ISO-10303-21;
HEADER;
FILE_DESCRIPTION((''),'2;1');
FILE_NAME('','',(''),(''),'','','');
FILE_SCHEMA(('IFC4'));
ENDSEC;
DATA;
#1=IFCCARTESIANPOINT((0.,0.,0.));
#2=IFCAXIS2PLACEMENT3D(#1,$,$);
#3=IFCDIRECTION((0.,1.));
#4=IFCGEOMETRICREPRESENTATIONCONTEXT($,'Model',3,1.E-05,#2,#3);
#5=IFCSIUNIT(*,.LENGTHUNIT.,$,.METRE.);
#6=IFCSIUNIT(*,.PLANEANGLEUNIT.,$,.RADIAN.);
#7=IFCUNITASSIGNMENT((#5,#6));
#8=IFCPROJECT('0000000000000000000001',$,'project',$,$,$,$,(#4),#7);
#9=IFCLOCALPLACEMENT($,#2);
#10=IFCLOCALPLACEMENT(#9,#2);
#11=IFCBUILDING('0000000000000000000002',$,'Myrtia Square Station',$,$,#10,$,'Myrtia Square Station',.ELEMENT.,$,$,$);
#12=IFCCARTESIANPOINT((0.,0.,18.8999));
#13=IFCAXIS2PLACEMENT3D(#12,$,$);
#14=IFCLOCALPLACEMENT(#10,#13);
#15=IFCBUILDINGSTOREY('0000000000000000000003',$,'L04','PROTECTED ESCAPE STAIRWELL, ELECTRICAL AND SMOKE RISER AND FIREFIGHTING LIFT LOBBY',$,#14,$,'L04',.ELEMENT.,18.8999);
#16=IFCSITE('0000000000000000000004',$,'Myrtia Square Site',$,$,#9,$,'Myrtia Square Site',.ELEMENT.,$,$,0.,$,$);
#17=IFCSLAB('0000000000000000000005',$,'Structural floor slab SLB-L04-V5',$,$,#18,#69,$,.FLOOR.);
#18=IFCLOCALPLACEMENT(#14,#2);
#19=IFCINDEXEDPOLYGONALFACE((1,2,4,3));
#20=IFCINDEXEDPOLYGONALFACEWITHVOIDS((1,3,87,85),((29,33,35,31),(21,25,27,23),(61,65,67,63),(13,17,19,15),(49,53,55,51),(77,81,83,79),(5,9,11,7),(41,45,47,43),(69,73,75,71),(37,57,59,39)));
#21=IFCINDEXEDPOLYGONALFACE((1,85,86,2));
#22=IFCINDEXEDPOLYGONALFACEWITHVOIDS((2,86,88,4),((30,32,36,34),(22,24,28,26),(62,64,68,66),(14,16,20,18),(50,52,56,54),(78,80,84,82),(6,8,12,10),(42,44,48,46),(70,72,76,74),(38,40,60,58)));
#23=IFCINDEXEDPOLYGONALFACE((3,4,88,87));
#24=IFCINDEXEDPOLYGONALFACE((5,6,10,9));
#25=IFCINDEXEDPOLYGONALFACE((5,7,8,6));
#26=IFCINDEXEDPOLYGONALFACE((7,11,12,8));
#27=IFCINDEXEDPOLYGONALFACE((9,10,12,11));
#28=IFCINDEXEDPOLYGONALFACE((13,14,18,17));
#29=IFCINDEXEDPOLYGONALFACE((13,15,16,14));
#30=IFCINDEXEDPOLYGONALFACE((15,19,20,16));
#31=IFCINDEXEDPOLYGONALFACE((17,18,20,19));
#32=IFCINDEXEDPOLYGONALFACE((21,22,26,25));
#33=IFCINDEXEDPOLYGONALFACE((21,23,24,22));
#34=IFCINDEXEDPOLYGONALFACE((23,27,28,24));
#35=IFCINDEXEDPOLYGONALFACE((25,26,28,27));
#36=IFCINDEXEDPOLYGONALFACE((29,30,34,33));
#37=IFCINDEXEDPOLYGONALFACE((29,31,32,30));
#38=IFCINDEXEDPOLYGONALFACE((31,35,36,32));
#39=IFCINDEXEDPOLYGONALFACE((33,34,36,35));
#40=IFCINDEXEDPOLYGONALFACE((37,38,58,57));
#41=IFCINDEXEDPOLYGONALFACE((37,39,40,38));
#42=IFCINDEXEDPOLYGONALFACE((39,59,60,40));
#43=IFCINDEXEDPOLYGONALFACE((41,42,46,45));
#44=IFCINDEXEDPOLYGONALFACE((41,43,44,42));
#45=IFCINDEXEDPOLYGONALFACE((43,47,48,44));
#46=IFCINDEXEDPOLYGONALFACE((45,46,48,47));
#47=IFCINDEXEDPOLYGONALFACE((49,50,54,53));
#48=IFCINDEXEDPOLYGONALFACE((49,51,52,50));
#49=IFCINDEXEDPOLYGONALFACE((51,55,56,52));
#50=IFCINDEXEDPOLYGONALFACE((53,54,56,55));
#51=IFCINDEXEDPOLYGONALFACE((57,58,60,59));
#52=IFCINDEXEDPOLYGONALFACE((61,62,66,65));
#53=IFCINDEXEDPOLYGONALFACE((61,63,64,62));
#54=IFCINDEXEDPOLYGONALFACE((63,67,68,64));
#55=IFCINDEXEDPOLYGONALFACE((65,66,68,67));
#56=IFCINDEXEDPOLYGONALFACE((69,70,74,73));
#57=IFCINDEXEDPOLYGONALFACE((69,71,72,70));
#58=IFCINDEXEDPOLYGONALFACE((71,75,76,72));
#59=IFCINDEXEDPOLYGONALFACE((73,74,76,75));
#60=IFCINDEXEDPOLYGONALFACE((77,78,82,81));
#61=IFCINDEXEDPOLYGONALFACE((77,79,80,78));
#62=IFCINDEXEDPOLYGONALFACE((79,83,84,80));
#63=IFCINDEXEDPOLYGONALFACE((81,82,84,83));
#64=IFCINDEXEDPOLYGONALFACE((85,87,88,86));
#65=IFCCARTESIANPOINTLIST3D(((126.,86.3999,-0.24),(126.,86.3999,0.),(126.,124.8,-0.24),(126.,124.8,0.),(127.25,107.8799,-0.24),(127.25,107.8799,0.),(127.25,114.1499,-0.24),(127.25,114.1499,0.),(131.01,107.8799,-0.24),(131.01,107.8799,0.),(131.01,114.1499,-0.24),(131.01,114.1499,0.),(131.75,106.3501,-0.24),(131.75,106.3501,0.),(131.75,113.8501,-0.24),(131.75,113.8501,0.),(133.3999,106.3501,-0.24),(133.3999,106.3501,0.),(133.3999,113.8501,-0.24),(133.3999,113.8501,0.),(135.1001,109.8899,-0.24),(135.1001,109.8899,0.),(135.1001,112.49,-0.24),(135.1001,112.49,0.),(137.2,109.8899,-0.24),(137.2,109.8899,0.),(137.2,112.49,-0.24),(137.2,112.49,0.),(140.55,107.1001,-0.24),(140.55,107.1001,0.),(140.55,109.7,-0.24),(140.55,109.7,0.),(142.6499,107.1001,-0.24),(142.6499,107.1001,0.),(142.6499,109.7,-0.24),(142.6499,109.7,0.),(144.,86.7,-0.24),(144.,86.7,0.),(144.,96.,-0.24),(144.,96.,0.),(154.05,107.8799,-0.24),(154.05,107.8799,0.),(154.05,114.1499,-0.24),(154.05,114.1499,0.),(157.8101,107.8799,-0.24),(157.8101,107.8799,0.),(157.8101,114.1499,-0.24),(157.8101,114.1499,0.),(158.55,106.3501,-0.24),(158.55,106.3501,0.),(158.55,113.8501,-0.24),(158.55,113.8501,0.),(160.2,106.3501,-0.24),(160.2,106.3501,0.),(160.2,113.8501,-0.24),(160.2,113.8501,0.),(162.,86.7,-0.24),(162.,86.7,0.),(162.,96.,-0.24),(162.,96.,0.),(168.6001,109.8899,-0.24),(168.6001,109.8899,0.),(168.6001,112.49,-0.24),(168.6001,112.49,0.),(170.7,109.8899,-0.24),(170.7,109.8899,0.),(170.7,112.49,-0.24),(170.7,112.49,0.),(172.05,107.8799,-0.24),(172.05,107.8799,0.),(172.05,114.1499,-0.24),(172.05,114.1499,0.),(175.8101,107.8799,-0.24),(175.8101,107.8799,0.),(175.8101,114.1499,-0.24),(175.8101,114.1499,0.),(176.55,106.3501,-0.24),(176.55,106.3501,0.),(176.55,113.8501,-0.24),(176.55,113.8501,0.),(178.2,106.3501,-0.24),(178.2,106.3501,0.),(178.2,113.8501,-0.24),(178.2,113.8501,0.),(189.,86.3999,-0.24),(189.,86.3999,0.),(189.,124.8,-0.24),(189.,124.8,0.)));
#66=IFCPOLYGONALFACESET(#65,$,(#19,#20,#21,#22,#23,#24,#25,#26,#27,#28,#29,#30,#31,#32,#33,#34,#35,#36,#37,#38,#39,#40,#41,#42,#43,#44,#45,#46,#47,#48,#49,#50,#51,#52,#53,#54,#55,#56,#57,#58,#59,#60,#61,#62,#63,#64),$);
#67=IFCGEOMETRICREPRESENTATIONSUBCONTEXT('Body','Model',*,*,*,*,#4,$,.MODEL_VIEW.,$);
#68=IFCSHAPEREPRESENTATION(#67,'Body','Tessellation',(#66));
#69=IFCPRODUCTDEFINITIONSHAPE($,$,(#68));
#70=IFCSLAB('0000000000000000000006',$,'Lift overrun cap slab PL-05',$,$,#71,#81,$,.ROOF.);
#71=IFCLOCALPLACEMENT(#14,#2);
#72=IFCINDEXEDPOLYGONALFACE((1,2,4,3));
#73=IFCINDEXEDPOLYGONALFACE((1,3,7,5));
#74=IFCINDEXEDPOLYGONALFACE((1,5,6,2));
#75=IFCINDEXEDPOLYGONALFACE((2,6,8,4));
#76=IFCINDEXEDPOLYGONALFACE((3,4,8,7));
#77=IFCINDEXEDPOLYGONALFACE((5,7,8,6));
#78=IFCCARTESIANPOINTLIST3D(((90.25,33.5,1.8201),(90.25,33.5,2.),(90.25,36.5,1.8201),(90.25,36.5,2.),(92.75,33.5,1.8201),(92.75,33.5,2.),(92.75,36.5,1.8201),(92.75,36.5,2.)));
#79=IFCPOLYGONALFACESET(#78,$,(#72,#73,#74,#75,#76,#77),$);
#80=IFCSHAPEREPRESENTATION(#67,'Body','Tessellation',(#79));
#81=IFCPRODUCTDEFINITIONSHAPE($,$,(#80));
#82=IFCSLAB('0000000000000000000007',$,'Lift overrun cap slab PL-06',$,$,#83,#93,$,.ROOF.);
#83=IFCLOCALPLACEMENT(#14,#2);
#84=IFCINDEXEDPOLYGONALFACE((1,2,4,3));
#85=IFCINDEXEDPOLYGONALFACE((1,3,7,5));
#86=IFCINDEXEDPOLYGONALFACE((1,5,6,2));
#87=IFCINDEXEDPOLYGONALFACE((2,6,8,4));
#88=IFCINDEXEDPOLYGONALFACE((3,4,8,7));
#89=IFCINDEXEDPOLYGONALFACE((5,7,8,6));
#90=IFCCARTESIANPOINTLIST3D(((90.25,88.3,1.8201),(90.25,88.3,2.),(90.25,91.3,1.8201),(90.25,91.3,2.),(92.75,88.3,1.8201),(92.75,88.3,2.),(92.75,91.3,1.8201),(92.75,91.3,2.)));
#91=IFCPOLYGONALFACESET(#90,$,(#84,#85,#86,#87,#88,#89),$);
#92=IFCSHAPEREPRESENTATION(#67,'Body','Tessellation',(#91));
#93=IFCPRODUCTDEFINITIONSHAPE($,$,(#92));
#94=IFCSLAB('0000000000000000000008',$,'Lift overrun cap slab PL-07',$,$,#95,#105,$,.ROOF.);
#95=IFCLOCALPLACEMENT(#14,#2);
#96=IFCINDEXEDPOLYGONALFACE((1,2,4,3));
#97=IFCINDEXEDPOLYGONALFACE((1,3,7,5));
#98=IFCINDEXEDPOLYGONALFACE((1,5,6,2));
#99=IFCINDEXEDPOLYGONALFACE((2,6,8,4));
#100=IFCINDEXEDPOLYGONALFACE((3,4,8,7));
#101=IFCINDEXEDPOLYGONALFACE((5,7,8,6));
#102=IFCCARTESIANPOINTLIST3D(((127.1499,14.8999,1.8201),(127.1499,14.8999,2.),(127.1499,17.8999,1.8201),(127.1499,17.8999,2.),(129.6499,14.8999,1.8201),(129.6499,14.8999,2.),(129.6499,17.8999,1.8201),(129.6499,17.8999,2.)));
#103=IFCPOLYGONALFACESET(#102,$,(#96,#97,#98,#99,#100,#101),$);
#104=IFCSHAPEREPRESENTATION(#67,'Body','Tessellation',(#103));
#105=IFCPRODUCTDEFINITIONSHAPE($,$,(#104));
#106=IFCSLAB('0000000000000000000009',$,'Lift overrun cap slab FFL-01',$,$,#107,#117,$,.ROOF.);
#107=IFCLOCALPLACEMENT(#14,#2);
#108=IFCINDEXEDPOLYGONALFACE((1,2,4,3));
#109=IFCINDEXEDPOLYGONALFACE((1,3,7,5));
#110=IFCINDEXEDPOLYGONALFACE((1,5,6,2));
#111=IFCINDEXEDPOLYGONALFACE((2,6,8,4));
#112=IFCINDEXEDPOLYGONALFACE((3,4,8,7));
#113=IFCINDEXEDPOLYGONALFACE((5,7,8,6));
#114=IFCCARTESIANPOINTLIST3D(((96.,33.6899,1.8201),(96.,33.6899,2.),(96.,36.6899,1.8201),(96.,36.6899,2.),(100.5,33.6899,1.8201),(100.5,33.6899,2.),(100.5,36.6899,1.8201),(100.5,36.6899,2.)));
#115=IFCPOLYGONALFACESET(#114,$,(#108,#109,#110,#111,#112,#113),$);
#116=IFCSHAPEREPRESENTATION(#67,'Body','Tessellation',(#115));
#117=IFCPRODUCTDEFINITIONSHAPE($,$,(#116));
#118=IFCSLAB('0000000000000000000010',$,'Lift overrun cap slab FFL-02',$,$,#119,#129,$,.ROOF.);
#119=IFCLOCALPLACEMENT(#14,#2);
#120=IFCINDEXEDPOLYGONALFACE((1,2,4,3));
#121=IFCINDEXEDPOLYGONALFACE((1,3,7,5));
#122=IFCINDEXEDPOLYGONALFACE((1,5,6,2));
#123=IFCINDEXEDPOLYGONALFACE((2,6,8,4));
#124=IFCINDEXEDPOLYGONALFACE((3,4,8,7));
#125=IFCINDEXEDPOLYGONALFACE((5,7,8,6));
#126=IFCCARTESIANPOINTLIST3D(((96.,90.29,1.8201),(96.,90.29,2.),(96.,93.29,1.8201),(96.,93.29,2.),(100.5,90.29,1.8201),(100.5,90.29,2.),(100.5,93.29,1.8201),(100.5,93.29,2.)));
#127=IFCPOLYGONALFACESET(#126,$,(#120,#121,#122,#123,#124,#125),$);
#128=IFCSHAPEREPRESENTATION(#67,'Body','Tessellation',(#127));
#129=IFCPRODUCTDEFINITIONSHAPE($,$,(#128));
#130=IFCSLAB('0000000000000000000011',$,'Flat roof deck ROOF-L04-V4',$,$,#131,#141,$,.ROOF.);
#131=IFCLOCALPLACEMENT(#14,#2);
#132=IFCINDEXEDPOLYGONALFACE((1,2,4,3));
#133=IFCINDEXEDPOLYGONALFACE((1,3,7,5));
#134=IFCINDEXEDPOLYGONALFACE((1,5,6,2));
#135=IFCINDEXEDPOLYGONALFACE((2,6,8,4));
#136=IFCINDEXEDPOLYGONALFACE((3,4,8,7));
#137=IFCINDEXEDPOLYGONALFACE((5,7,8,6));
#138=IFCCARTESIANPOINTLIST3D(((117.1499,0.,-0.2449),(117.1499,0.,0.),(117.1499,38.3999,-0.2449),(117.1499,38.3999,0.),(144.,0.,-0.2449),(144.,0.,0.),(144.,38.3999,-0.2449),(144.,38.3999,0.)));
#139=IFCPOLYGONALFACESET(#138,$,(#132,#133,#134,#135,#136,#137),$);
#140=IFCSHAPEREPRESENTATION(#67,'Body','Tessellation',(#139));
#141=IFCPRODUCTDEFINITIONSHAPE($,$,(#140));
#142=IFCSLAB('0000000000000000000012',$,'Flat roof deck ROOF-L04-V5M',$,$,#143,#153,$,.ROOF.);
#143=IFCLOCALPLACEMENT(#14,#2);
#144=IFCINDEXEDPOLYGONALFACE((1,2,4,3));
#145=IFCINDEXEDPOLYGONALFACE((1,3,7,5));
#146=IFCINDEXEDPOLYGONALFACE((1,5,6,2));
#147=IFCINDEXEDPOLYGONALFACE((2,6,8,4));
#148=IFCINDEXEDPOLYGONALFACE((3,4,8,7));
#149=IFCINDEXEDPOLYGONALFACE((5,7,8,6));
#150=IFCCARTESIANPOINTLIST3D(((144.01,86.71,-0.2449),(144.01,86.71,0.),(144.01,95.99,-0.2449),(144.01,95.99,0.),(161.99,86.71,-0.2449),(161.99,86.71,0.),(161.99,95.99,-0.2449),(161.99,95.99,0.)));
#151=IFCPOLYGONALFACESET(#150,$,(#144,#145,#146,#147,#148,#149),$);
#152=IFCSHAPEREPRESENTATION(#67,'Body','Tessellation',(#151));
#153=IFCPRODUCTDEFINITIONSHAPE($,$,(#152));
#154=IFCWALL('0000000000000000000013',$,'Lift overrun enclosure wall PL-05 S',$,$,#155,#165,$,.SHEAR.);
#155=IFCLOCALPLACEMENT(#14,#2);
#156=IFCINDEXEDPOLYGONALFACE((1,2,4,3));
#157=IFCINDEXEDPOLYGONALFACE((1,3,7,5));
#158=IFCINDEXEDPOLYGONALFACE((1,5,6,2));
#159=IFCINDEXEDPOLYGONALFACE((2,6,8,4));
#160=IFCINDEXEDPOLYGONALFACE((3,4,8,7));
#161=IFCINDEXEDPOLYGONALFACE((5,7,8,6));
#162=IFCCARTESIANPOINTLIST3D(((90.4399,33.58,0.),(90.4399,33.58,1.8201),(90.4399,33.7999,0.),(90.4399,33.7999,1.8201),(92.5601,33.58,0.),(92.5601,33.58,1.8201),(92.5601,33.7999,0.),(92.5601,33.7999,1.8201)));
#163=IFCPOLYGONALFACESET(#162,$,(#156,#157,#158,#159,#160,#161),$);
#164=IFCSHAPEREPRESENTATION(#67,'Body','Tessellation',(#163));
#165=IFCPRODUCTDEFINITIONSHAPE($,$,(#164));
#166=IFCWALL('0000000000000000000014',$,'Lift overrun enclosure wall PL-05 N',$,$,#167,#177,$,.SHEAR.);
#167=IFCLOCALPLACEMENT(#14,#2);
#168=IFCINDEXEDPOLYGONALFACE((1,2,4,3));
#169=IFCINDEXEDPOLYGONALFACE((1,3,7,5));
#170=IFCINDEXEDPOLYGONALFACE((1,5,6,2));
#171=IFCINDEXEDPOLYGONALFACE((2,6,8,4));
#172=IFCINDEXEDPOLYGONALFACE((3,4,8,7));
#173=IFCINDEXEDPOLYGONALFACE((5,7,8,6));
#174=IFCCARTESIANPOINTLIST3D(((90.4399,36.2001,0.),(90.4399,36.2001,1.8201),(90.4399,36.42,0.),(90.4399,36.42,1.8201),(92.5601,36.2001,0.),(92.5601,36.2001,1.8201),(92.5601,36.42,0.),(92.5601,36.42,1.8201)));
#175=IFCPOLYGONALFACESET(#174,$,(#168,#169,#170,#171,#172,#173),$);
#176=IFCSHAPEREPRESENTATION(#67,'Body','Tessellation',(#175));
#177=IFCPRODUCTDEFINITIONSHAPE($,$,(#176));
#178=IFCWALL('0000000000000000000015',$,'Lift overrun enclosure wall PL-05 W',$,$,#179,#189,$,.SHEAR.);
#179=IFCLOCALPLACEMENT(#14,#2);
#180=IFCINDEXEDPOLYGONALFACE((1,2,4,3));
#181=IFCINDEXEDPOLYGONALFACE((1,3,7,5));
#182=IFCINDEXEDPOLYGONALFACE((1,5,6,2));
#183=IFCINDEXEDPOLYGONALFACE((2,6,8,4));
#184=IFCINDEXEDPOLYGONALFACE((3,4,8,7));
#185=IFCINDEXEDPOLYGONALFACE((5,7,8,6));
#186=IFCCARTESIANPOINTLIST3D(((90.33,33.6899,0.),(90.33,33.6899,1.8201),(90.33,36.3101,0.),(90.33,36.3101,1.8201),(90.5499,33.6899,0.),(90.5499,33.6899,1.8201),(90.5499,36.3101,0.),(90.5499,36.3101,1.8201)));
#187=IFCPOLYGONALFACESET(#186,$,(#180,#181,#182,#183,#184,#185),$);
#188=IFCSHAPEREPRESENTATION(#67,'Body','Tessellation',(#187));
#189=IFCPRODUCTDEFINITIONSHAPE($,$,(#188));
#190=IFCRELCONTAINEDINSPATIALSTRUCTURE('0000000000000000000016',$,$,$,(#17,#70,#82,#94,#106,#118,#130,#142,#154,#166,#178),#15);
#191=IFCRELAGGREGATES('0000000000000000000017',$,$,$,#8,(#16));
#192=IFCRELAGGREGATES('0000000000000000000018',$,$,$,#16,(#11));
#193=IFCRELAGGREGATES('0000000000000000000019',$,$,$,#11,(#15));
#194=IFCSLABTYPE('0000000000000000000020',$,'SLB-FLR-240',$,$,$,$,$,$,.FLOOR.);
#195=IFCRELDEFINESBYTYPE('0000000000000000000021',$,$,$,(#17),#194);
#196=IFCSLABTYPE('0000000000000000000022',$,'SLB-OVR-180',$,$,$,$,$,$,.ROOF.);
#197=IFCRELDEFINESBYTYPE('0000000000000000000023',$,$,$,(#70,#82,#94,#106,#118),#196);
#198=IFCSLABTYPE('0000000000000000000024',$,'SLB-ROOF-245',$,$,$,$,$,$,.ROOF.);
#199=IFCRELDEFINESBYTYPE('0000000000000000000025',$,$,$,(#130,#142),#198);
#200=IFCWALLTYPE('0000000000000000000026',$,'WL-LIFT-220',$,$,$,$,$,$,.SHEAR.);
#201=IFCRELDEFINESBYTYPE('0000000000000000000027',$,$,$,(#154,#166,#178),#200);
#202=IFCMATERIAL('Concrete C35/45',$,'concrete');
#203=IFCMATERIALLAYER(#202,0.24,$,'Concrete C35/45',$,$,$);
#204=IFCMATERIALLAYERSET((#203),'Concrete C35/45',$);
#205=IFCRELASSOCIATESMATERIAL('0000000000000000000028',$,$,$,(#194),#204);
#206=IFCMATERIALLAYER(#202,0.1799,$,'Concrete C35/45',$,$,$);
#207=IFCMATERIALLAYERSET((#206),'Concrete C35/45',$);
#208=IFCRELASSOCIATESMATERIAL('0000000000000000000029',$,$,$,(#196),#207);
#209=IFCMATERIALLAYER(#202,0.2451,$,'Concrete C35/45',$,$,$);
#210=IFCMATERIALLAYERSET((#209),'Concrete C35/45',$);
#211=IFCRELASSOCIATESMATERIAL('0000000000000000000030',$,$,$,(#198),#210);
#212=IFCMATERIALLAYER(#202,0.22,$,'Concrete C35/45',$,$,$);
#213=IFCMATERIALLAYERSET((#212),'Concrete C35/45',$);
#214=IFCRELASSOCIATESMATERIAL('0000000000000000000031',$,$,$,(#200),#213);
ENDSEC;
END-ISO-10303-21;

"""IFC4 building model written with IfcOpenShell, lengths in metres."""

from ifc_helpers import new_model, si_unit, direction, frame, frame_2d, origin, place, context, subcontext, project, spatial, polyline, rectangle, outline, extrude, material, layer, layer_set, type_object, element, save


model = new_model("IFC4")

# Units and contexts
model_context = context("Model", 3, precision=1e-05, world=origin(), true_north=direction((0.0, 1.0)))
body_context = subcontext(model_context, "Body", "Model", "MODEL_VIEW")
ifc_project = project(units=[si_unit("LENGTHUNIT", "METRE"), si_unit("PLANEANGLEUNIT", "RADIAN")], contexts=[model_context])

# Site, building, storey
site_placement = place(None, origin())
site = spatial("IfcSite", under=ifc_project, at=site_placement, Name="Myrtia Square Site", LongName="Myrtia Square Site", CompositionType="ELEMENT", RefElevation=0.0)
building_placement = place(site_placement, origin())
building = spatial("IfcBuilding", under=site, at=building_placement, Name="Myrtia Square Station", LongName="Myrtia Square Station", CompositionType="ELEMENT")
storey_placement = place(building_placement, frame((0.0, 0.0, 18.8999)))
storey = spatial("IfcBuildingStorey", under=building, at=storey_placement, Name="L04", Description="PROTECTED ESCAPE STAIRWELL, ELECTRICAL AND SMOKE RISER AND FIREFIGHTING LIFT LOBBY", LongName="L04", CompositionType="ELEMENT", Elevation=18.8999)

# Slabs
ifc_material_1 = material(Name="Concrete C35/45", Category="concrete")
ifc_layer_1 = layer(ifc_material_1, 0.24, Name="Concrete C35/45")
ifc_layer_set_1 = layer_set([ifc_layer_1], Name="Concrete C35/45")
slab_type_1 = type_object("IfcSlabType", Name="SLB-FLR-240", PredefinedType="FLOOR", material=ifc_layer_set_1)
slab_1_placement = place(storey_placement, frame((0.0, 0.0, -0.24)))
element("IfcSlab", 1, at=slab_1_placement, inside=storey, type_object=slab_type_1, Name="Structural floor slab SLB-L04-V5", PredefinedType="FLOOR", context=body_context, shape_type="SweptSolid", body=[
    extrude(outline(polyline([(126.0, 86.3999), (189.0, 86.3999), (189.0, 124.8), (126.0, 124.8), (126.0, 86.3999)]), holes=[polyline([(144.0, 86.7), (144.0, 96.0), (162.0, 96.0), (162.0, 86.7), (144.0, 86.7)]), polyline([(131.75, 106.3501), (131.75, 113.8501), (133.3999, 113.8501), (133.3999, 106.3501), (131.75, 106.3501)]), polyline([(176.55, 106.3501), (176.55, 113.8501), (178.2, 113.8501), (178.2, 106.3501), (176.55, 106.3501)]), polyline([(158.55, 106.3501), (158.55, 113.8501), (160.2, 113.8501), (160.2, 106.3501), (158.55, 106.3501)]), polyline([(127.25, 107.8799), (127.25, 114.1499), (131.01, 114.1499), (131.01, 107.8799), (127.25, 107.8799)]), polyline([(172.05, 107.8799), (172.05, 114.1499), (175.8101, 114.1499), (175.8101, 107.8799), (172.05, 107.8799)]), polyline([(154.05, 107.8799), (154.05, 114.1499), (157.8101, 114.1499), (157.8101, 107.8799), (154.05, 107.8799)]), polyline([(140.55, 107.1001), (140.55, 109.7), (142.6499, 109.7), (142.6499, 107.1001), (140.55, 107.1001)]), polyline([(135.1001, 109.8899), (135.1001, 112.49), (137.2, 112.49), (137.2, 109.8899), (135.1001, 109.8899)]), polyline([(168.6001, 109.8899), (168.6001, 112.49), (170.7, 112.49), (170.7, 109.8899), (168.6001, 109.8899)])]), origin(), (0.0, 0.0, 1.0), 0.24),
])
ifc_layer_2 = layer(ifc_material_1, 0.1799, Name="Concrete C35/45")
ifc_layer_set_2 = layer_set([ifc_layer_2], Name="Concrete C35/45")
slab_type_2 = type_object("IfcSlabType", Name="SLB-OVR-180", PredefinedType="ROOF", material=ifc_layer_set_2)
slab_2_placement = place(storey_placement, frame((0.0, 0.0, 1.8201)))
element("IfcSlab", 2, at=slab_2_placement, inside=storey, type_object=slab_type_2, Name="Lift overrun cap slab PL-05", PredefinedType="ROOF", context=body_context, shape_type="SweptSolid", body=[
    extrude(outline(polyline([(90.25, 33.5), (92.75, 33.5), (92.75, 36.5), (90.25, 36.5), (90.25, 33.5)])), origin(), (0.0, 0.0, 1.0), 0.1799),
])
slab_3_placement = place(storey_placement, frame((0.0, 0.0, 1.8201)))
element("IfcSlab", 3, at=slab_3_placement, inside=storey, type_object=slab_type_2, Name="Lift overrun cap slab PL-06", PredefinedType="ROOF", context=body_context, shape_type="SweptSolid", body=[
    extrude(outline(polyline([(90.25, 88.3), (92.75, 88.3), (92.75, 91.3), (90.25, 91.3), (90.25, 88.3)])), origin(), (0.0, 0.0, 1.0), 0.1799),
])
slab_4_placement = place(storey_placement, frame((0.0, 0.0, 1.8201)))
element("IfcSlab", 4, at=slab_4_placement, inside=storey, type_object=slab_type_2, Name="Lift overrun cap slab PL-07", PredefinedType="ROOF", context=body_context, shape_type="SweptSolid", body=[
    extrude(outline(polyline([(127.1499, 14.8999), (129.6499, 14.8999), (129.6499, 17.8999), (127.1499, 17.8999), (127.1499, 14.8999)])), origin(), (0.0, 0.0, 1.0), 0.1799),
])
slab_5_placement = place(storey_placement, frame((0.0, 0.0, 1.8201)))
element("IfcSlab", 5, at=slab_5_placement, inside=storey, type_object=slab_type_2, Name="Lift overrun cap slab FFL-01", PredefinedType="ROOF", context=body_context, shape_type="SweptSolid", body=[
    extrude(outline(polyline([(96.0, 33.6899), (100.5, 33.6899), (100.5, 36.6899), (96.0, 36.6899), (96.0, 33.6899)])), origin(), (0.0, 0.0, 1.0), 0.1799),
])
slab_6_placement = place(storey_placement, frame((0.0, 0.0, 1.8201)))
element("IfcSlab", 6, at=slab_6_placement, inside=storey, type_object=slab_type_2, Name="Lift overrun cap slab FFL-02", PredefinedType="ROOF", context=body_context, shape_type="SweptSolid", body=[
    extrude(outline(polyline([(96.0, 90.29), (100.5, 90.29), (100.5, 93.29), (96.0, 93.29), (96.0, 90.29)])), origin(), (0.0, 0.0, 1.0), 0.1799),
])
ifc_layer_3 = layer(ifc_material_1, 0.2451, Name="Concrete C35/45")
ifc_layer_set_3 = layer_set([ifc_layer_3], Name="Concrete C35/45")
slab_type_3 = type_object("IfcSlabType", Name="SLB-ROOF-245", PredefinedType="ROOF", material=ifc_layer_set_3)
slab_7_placement = place(storey_placement, frame((0.0, 0.0, -0.2449)))
element("IfcSlab", 7, at=slab_7_placement, inside=storey, type_object=slab_type_3, Name="Flat roof deck ROOF-L04-V4", PredefinedType="ROOF", context=body_context, shape_type="SweptSolid", body=[
    extrude(outline(polyline([(117.1499, 0.0), (144.0, 0.0), (144.0, 38.3999), (117.1499, 38.3999), (117.1499, 0.0)])), origin(), (0.0, 0.0, 1.0), 0.2449),
])
slab_8_placement = place(storey_placement, frame((0.0, 0.0, -0.2449)))
element("IfcSlab", 8, at=slab_8_placement, inside=storey, type_object=slab_type_3, Name="Flat roof deck ROOF-L04-V5M", PredefinedType="ROOF", context=body_context, shape_type="SweptSolid", body=[
    extrude(outline(polyline([(144.01, 86.71), (161.99, 86.71), (161.99, 95.99), (144.01, 95.99), (144.01, 86.71)])), origin(), (0.0, 0.0, 1.0), 0.2449),
])

# Walls
ifc_layer_4 = layer(ifc_material_1, 0.22, Name="Concrete C35/45")
ifc_layer_set_4 = layer_set([ifc_layer_4], Name="Concrete C35/45")
wall_type = type_object("IfcWallType", Name="WL-LIFT-220", PredefinedType="SHEAR", material=ifc_layer_set_4)
for number, where, z_axis, x_axis, name in (
    (9, (90.4399, 33.6899, 0.0), (0.0, 0.0, 1.0), (1.0, 0.0, 0.0), "Lift overrun enclosure wall PL-05 S"),
    (10, (90.4399, 36.3101, 0.0), (0.0, 0.0, 1.0), (1.0, 0.0, 0.0), "Lift overrun enclosure wall PL-05 N"),
):
    element("IfcWall", number, at=place(storey_placement, frame(where, z_axis=z_axis, x_axis=x_axis)), inside=storey, type_object=wall_type, Name=name, PredefinedType="SHEAR", context=body_context, shape_type="SweptSolid", body=[
        extrude(rectangle(XDim=2.1201, YDim=0.22, at=frame_2d((1.0601, 0.0))), origin(), (0.0, 0.0, 1.0), 1.8201),
    ])
wall_1_placement = place(storey_placement, frame((90.4399, 33.6899, 0.0), z_axis=(0.0, 0.0, 1.0), x_axis=(0.0, 1.0, 0.0)))
element("IfcWall", 11, at=wall_1_placement, inside=storey, type_object=wall_type, Name="Lift overrun enclosure wall PL-05 W", PredefinedType="SHEAR", context=body_context, shape_type="SweptSolid", body=[
    extrude(rectangle(XDim=2.6201, YDim=0.22, at=frame_2d((1.3101, 0.0))), origin(), (0.0, 0.0, 1.0), 1.8201),
])

save(model, "model.ifc")
